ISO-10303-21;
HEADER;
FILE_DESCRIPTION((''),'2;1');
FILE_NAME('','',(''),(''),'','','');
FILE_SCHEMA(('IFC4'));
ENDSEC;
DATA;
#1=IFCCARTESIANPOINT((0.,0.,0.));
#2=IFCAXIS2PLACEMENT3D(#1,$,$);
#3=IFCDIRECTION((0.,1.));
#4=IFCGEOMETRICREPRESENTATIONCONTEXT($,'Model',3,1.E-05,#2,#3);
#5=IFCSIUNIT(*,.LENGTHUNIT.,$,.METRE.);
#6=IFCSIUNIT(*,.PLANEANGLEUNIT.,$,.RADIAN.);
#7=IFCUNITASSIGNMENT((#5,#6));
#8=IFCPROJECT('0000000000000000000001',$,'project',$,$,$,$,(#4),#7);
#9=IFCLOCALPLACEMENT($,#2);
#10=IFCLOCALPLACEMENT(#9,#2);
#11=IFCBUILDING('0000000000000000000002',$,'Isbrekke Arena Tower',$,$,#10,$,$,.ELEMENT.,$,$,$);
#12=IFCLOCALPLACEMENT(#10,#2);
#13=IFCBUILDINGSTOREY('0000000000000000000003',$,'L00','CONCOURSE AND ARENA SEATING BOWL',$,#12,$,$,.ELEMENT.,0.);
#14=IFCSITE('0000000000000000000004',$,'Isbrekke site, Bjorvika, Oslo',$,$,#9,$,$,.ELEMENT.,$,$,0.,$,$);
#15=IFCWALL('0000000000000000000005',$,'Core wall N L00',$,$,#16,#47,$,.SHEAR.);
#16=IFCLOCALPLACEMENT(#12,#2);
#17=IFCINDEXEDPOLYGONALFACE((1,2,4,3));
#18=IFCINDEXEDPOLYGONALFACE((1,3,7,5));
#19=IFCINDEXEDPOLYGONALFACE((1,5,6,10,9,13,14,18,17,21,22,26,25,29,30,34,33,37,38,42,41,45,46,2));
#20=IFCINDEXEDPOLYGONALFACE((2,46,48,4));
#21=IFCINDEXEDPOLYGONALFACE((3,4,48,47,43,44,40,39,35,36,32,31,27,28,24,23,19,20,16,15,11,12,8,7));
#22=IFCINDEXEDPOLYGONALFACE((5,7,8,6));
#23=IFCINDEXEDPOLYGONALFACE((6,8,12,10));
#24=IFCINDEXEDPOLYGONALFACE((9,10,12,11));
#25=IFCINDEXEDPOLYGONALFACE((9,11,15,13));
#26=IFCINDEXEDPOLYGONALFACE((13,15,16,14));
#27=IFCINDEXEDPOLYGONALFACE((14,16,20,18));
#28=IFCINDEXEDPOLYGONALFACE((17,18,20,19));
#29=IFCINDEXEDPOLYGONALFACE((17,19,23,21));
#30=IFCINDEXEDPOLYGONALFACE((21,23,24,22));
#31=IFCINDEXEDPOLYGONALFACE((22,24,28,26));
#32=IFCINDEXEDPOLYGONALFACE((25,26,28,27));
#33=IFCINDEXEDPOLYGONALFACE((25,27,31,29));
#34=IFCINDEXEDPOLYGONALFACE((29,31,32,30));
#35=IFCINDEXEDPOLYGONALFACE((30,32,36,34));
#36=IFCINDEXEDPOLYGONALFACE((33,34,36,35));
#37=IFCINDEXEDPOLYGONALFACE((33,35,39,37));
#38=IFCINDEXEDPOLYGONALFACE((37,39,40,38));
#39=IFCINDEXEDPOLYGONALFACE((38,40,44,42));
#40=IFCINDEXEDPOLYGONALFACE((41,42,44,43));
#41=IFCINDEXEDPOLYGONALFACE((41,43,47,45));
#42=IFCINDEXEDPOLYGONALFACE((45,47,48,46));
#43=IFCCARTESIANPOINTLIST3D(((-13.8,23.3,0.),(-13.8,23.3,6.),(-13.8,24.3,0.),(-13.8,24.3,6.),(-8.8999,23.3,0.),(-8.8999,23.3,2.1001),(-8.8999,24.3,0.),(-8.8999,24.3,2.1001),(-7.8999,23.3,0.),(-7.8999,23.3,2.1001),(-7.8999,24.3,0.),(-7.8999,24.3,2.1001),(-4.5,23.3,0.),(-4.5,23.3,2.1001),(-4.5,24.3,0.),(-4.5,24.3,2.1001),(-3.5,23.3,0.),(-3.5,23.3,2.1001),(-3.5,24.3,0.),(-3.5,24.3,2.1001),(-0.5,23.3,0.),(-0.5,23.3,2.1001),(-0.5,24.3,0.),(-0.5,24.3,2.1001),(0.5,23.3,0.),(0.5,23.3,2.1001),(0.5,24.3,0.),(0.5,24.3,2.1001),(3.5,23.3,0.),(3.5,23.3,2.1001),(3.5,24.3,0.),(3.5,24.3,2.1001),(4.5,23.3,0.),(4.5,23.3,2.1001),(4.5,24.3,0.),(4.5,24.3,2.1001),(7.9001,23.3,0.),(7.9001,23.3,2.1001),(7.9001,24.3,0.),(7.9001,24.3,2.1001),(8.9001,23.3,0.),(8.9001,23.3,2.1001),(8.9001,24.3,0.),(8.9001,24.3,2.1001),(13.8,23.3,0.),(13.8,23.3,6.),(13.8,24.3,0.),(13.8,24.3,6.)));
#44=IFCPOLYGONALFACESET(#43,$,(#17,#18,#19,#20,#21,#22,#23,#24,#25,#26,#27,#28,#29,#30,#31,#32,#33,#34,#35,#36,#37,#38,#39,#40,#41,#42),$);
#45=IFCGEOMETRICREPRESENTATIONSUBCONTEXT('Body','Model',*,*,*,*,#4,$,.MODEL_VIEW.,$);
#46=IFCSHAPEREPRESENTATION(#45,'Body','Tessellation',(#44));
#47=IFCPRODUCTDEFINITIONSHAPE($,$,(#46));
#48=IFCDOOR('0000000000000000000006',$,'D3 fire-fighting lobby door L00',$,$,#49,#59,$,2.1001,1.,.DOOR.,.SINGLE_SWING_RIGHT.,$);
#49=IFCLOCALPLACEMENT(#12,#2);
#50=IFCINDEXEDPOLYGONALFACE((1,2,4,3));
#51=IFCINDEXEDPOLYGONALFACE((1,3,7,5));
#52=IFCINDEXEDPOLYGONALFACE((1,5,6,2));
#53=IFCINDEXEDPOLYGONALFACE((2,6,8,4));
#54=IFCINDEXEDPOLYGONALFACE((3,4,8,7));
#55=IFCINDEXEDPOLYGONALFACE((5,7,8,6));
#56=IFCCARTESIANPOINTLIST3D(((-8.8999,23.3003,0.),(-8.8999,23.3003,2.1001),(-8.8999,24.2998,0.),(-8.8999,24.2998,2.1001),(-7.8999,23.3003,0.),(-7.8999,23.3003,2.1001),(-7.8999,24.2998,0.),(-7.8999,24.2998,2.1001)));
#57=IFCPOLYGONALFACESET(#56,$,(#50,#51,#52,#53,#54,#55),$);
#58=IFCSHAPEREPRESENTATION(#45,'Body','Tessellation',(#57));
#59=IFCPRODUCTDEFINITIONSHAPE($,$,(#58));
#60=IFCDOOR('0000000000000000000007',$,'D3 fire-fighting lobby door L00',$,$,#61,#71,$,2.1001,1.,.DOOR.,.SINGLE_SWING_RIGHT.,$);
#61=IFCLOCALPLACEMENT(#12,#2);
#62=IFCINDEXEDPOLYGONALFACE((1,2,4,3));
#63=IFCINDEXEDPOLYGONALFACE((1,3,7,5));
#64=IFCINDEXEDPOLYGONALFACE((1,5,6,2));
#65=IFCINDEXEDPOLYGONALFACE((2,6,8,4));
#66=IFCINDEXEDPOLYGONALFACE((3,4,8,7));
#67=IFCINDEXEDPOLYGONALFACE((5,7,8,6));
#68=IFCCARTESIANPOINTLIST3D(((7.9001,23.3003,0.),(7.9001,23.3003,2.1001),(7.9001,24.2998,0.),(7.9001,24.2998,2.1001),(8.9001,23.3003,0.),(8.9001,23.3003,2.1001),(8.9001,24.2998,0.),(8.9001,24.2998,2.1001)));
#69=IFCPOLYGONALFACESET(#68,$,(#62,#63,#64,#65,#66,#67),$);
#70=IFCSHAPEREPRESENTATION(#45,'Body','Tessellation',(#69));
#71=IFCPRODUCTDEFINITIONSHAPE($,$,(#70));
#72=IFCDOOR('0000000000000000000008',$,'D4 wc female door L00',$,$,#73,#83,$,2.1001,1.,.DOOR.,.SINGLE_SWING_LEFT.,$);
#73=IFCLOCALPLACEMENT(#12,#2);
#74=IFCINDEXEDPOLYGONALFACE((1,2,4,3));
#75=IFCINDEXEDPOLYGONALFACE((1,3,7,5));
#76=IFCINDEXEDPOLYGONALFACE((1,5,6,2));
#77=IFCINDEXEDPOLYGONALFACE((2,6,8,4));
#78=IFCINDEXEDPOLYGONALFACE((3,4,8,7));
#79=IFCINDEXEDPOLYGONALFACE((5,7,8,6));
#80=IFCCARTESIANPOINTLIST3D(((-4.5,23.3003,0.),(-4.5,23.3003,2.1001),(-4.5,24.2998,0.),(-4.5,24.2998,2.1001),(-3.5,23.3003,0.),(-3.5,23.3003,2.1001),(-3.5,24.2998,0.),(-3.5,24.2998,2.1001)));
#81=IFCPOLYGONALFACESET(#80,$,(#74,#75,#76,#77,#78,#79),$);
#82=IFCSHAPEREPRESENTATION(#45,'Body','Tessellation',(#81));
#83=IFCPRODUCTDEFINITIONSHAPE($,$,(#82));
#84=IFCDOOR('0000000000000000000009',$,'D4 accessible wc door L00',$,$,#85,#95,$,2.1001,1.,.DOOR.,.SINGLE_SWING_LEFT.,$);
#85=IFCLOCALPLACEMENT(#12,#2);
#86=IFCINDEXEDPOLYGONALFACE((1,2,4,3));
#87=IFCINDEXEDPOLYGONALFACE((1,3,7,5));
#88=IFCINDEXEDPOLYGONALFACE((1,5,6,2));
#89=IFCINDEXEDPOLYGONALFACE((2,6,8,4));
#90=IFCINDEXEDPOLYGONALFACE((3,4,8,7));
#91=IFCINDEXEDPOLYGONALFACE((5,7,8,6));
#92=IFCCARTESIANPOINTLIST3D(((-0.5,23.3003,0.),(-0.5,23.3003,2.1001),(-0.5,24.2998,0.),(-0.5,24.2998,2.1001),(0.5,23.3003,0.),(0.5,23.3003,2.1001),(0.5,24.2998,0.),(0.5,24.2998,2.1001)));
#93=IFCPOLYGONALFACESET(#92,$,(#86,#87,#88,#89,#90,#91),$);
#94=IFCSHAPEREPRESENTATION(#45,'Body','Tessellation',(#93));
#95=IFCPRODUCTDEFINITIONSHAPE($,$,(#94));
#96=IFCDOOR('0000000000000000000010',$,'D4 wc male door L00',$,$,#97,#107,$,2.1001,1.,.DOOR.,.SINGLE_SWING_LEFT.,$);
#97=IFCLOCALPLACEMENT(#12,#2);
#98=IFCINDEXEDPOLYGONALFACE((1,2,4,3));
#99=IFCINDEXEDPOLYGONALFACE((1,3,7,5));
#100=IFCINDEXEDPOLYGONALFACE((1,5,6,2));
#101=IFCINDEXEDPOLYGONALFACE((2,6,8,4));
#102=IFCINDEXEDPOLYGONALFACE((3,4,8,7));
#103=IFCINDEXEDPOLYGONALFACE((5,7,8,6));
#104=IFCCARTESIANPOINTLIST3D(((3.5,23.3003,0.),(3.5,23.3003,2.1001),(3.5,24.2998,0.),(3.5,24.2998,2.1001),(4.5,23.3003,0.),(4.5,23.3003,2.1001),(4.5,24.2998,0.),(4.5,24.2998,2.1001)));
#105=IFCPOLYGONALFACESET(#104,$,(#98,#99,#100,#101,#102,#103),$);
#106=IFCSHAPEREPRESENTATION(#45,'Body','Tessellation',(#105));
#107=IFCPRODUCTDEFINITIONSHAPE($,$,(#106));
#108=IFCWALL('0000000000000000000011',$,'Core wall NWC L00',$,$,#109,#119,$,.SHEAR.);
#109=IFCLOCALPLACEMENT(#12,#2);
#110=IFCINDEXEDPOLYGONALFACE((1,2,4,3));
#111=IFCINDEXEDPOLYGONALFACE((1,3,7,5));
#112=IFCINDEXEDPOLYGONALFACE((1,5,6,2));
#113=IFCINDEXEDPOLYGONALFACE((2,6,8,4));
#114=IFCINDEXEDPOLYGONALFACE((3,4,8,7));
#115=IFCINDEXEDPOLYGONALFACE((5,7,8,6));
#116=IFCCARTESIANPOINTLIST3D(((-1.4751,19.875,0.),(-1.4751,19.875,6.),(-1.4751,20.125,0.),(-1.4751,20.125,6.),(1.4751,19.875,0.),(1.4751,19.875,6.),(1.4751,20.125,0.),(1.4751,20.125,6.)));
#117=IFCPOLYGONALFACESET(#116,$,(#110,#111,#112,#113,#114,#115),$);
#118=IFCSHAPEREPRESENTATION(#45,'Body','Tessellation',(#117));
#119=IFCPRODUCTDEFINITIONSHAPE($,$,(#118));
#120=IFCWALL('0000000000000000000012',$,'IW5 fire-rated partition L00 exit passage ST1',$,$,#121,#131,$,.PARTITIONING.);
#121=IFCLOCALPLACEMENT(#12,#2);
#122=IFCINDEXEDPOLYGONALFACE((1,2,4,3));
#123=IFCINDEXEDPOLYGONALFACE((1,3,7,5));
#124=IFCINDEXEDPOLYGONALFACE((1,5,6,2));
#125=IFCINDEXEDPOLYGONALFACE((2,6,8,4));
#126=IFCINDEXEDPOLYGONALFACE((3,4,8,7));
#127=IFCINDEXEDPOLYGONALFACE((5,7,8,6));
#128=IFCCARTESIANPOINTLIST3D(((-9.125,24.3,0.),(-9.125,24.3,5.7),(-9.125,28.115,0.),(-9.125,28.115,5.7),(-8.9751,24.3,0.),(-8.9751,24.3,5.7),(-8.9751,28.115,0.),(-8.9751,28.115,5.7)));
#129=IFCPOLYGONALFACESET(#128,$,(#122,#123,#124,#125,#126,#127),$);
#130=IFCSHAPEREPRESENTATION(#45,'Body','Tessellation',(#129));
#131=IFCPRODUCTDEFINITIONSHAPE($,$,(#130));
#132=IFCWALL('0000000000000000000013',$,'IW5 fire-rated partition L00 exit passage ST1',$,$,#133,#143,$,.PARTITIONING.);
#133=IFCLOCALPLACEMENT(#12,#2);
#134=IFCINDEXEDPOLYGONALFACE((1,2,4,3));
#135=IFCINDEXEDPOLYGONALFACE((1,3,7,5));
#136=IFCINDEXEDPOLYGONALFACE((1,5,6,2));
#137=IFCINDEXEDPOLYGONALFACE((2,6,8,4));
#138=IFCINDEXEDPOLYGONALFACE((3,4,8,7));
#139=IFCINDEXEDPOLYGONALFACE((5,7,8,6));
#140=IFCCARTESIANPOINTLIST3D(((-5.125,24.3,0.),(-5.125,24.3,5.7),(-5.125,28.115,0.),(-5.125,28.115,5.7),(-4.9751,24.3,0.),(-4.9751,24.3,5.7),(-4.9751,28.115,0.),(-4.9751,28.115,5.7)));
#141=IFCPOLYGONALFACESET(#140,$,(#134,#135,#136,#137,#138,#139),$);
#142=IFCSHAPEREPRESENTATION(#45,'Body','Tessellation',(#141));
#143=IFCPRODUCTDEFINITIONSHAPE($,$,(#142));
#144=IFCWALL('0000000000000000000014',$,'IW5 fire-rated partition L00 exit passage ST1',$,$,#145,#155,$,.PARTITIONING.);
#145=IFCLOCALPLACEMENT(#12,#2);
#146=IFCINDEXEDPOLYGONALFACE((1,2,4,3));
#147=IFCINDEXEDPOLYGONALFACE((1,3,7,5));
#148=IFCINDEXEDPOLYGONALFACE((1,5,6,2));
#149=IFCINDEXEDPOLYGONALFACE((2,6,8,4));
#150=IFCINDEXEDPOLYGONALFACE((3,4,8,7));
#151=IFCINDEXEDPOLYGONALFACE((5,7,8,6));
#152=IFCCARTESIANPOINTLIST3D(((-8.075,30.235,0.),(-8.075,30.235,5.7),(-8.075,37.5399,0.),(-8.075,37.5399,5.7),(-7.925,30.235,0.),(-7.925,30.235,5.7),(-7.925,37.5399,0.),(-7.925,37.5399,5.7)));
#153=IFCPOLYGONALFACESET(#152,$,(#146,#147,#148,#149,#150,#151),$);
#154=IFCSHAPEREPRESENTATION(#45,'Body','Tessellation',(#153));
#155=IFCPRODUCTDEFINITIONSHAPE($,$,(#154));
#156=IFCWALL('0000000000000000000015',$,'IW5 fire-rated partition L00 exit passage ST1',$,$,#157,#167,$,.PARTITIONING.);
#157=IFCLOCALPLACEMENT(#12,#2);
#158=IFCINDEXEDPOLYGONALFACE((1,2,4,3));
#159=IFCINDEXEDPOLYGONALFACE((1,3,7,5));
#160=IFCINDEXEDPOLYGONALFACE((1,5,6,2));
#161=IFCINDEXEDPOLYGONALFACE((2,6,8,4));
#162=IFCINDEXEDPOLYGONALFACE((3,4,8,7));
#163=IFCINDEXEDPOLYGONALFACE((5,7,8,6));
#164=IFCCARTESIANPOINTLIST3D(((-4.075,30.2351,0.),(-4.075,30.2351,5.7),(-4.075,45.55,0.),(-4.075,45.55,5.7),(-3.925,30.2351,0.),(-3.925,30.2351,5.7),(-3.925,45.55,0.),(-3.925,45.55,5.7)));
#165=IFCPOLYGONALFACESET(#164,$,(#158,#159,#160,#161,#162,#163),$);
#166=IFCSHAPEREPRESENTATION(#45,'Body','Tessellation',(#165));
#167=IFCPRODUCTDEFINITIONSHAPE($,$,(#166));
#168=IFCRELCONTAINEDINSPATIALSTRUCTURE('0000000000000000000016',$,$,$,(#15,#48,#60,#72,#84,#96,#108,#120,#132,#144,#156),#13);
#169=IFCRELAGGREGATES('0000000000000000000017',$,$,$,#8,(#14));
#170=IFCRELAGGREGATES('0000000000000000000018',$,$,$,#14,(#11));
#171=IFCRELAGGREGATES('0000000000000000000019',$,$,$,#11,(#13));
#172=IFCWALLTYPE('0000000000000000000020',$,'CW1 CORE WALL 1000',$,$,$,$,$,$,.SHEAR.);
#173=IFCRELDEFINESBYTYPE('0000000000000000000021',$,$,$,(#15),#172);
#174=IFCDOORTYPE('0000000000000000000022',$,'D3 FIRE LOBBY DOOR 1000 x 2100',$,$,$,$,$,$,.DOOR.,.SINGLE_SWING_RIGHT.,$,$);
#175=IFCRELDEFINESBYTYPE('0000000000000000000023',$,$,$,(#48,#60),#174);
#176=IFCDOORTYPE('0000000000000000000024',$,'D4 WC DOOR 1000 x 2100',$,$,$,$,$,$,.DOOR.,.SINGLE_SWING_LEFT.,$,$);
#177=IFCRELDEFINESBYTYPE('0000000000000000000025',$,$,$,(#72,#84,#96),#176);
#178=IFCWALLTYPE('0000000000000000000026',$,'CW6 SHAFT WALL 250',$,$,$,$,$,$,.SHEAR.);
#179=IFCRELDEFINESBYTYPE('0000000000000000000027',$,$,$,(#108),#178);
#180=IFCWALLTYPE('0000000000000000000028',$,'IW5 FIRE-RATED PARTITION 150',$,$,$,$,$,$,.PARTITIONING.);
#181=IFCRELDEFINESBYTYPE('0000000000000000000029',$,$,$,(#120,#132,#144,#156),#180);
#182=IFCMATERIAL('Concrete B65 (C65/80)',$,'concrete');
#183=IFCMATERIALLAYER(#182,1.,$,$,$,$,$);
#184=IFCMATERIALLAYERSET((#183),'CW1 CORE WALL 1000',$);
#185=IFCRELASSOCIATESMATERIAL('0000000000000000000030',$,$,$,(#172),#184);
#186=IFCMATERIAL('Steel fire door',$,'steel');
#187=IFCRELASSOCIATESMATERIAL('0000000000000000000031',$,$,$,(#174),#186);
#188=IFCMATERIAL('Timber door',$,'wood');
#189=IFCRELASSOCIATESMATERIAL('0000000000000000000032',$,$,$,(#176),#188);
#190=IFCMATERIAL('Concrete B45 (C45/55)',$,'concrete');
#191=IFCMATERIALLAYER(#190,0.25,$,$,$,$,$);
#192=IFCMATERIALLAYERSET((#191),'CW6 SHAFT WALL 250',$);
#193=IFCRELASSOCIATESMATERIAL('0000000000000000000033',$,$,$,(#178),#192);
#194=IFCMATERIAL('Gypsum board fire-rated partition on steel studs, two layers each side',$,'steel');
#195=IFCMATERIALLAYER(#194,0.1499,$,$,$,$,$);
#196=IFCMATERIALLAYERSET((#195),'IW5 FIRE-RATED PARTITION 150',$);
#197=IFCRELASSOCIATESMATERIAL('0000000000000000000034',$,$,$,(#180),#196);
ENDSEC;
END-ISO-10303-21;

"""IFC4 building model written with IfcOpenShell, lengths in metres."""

from ifc_helpers import new_model, si_unit, direction, frame, frame_2d, origin, place, context, subcontext, project, spatial, rectangle, extrude, material, layer, layer_set, type_object, element, fill, save


model = new_model("IFC4")

# Units and contexts
model_context = context("Model", 3, precision=1e-05, world=origin(), true_north=direction((0.0, 1.0)))
body_context = subcontext(model_context, "Body", "Model", "MODEL_VIEW")
ifc_project = project(units=[si_unit("LENGTHUNIT", "METRE"), si_unit("PLANEANGLEUNIT", "RADIAN")], contexts=[model_context])

# Site, building, storey
site_placement = place(None, origin())
site = spatial("IfcSite", under=ifc_project, at=site_placement, Name="Isbrekke site, Bjorvika, Oslo", CompositionType="ELEMENT", RefElevation=0.0)
building_placement = place(site_placement, origin())
building = spatial("IfcBuilding", under=site, at=building_placement, Name="Isbrekke Arena Tower", CompositionType="ELEMENT")
storey_placement = place(building_placement, origin())
storey = spatial("IfcBuildingStorey", under=building, at=storey_placement, Name="L00", Description="CONCOURSE AND ARENA SEATING BOWL", CompositionType="ELEMENT", Elevation=0.0)

# Wall, openings, doors
ifc_material_1 = material(Name="Concrete B65 (C65/80)", Category="concrete")
ifc_layer_1 = layer(ifc_material_1, 1.0)
ifc_layer_set_1 = layer_set([ifc_layer_1], Name="CW1 CORE WALL 1000")
wall_type_1 = type_object("IfcWallType", Name="CW1 CORE WALL 1000", PredefinedType="SHEAR", material=ifc_layer_set_1)
wall_1_placement = place(storey_placement, frame((13.8, 23.8, 0.0), z_axis=(0.0, 0.0, 1.0), x_axis=(-1.0, 0.0, 0.0)))
wall_1 = element("IfcWall", 1, at=wall_1_placement, inside=storey, type_object=wall_type_1, Name="Core wall N L00", PredefinedType="SHEAR", context=body_context, shape_type="SweptSolid", body=[
    extrude(rectangle(XDim=27.6001, YDim=1.0, at=frame_2d((13.8, 0.0))), origin(), (0.0, 0.0, 1.0), 6.0),
])
opening_1_placement = place(wall_1_placement, frame((21.7, 0.0, 0.0)))
opening_1 = element("IfcOpeningElement", 2, at=opening_1_placement, cuts=wall_1, PredefinedType="OPENING", context=body_context, shape_type="SweptSolid", body=[
    extrude(rectangle(XDim=1.0, YDim=2.1001, at=frame_2d((0.5, 1.05))), frame((0.0, 0.5149, 0.0), z_axis=(0.0, -1.0, 0.0), x_axis=(1.0, 0.0, 0.0)), (0.0, 0.0, 1.0), 1.0298),
])
opening_2_placement = place(wall_1_placement, frame((4.8999, 0.0, 0.0)))
opening_2 = element("IfcOpeningElement", 3, at=opening_2_placement, cuts=wall_1, PredefinedType="OPENING", context=body_context, shape_type="SweptSolid", body=[
    extrude(rectangle(XDim=1.0, YDim=2.1001, at=frame_2d((0.5, 1.05))), frame((0.0, 0.5149, 0.0), z_axis=(0.0, -1.0, 0.0), x_axis=(1.0, 0.0, 0.0)), (0.0, 0.0, 1.0), 1.0298),
])
opening_3_placement = place(wall_1_placement, frame((17.3, 0.0, 0.0)))
opening_3 = element("IfcOpeningElement", 4, at=opening_3_placement, cuts=wall_1, PredefinedType="OPENING", context=body_context, shape_type="SweptSolid", body=[
    extrude(rectangle(XDim=1.0, YDim=2.1001, at=frame_2d((0.5, 1.05))), frame((0.0, 0.5149, 0.0), z_axis=(0.0, -1.0, 0.0), x_axis=(1.0, 0.0, 0.0)), (0.0, 0.0, 1.0), 1.0298),
])
opening_4_placement = place(wall_1_placement, frame((13.3, 0.0, 0.0)))
opening_4 = element("IfcOpeningElement", 5, at=opening_4_placement, cuts=wall_1, PredefinedType="OPENING", context=body_context, shape_type="SweptSolid", body=[
    extrude(rectangle(XDim=1.0, YDim=2.1001, at=frame_2d((0.5, 1.05))), frame((0.0, 0.5149, 0.0), z_axis=(0.0, -1.0, 0.0), x_axis=(1.0, 0.0, 0.0)), (0.0, 0.0, 1.0), 1.0298),
])
opening_5_placement = place(wall_1_placement, frame((9.3, 0.0, 0.0)))
opening_5 = element("IfcOpeningElement", 6, at=opening_5_placement, cuts=wall_1, PredefinedType="OPENING", context=body_context, shape_type="SweptSolid", body=[
    extrude(rectangle(XDim=1.0, YDim=2.1001, at=frame_2d((0.5, 1.05))), frame((0.0, 0.5149, 0.0), z_axis=(0.0, -1.0, 0.0), x_axis=(1.0, 0.0, 0.0)), (0.0, 0.0, 1.0), 1.0298),
])
ifc_material_2 = material(Name="Steel fire door", Category="steel")
door_type_1 = type_object("IfcDoorType", Name="D3 FIRE LOBBY DOOR 1000 x 2100", OperationType="SINGLE_SWING_RIGHT", PredefinedType="DOOR", material=ifc_material_2)
door_1_placement = place(opening_1_placement, origin())
door_1 = element("IfcDoor", 7, at=door_1_placement, inside=storey, type_object=door_type_1, Name="D3 fire-fighting lobby door L00", OperationType="SINGLE_SWING_RIGHT", OverallHeight=2.1001, OverallWidth=1.0, PredefinedType="DOOR", context=body_context, shape_type="SweptSolid", body=[
    extrude(rectangle(XDim=1.0, YDim=2.1001, at=frame_2d((0.5, 1.05))), frame((0.0, 0.4998, 0.0), z_axis=(0.0, -1.0, 0.0), x_axis=(1.0, 0.0, 0.0)), (0.0, 0.0, 1.0), 0.9995),
])
fill(opening_1, door_1)
door_2_placement = place(opening_2_placement, origin())
door_2 = element("IfcDoor", 8, at=door_2_placement, inside=storey, type_object=door_type_1, Name="D3 fire-fighting lobby door L00", OperationType="SINGLE_SWING_RIGHT", OverallHeight=2.1001, OverallWidth=1.0, PredefinedType="DOOR", context=body_context, shape_type="SweptSolid", body=[
    extrude(rectangle(XDim=1.0, YDim=2.1001, at=frame_2d((0.5, 1.05))), frame((0.0, 0.4998, 0.0), z_axis=(0.0, -1.0, 0.0), x_axis=(1.0, 0.0, 0.0)), (0.0, 0.0, 1.0), 0.9995),
])
fill(opening_2, door_2)
ifc_material_3 = material(Name="Timber door", Category="wood")
door_type_2 = type_object("IfcDoorType", Name="D4 WC DOOR 1000 x 2100", OperationType="SINGLE_SWING_LEFT", PredefinedType="DOOR", material=ifc_material_3)
door_3_placement = place(opening_3_placement, origin())
door_3 = element("IfcDoor", 9, at=door_3_placement, inside=storey, type_object=door_type_2, Name="D4 wc female door L00", OperationType="SINGLE_SWING_LEFT", OverallHeight=2.1001, OverallWidth=1.0, PredefinedType="DOOR", context=body_context, shape_type="SweptSolid", body=[
    extrude(rectangle(XDim=1.0, YDim=2.1001, at=frame_2d((0.5, 1.05))), frame((0.0, 0.4998, 0.0), z_axis=(0.0, -1.0, 0.0), x_axis=(1.0, 0.0, 0.0)), (0.0, 0.0, 1.0), 0.9995),
])
fill(opening_3, door_3)
door_4_placement = place(opening_4_placement, origin())
door_4 = element("IfcDoor", 10, at=door_4_placement, inside=storey, type_object=door_type_2, Name="D4 accessible wc door L00", OperationType="SINGLE_SWING_LEFT", OverallHeight=2.1001, OverallWidth=1.0, PredefinedType="DOOR", context=body_context, shape_type="SweptSolid", body=[
    extrude(rectangle(XDim=1.0, YDim=2.1001, at=frame_2d((0.5, 1.05))), frame((0.0, 0.4998, 0.0), z_axis=(0.0, -1.0, 0.0), x_axis=(1.0, 0.0, 0.0)), (0.0, 0.0, 1.0), 0.9995),
])
fill(opening_4, door_4)
door_5_placement = place(opening_5_placement, origin())
door_5 = element("IfcDoor", 11, at=door_5_placement, inside=storey, type_object=door_type_2, Name="D4 wc male door L00", OperationType="SINGLE_SWING_LEFT", OverallHeight=2.1001, OverallWidth=1.0, PredefinedType="DOOR", context=body_context, shape_type="SweptSolid", body=[
    extrude(rectangle(XDim=1.0, YDim=2.1001, at=frame_2d((0.5, 1.05))), frame((0.0, 0.4998, 0.0), z_axis=(0.0, -1.0, 0.0), x_axis=(1.0, 0.0, 0.0)), (0.0, 0.0, 1.0), 0.9995),
])
fill(opening_5, door_5)

# Walls
ifc_material_4 = material(Name="Concrete B45 (C45/55)", Category="concrete")
ifc_layer_2 = layer(ifc_material_4, 0.25)
ifc_layer_set_2 = layer_set([ifc_layer_2], Name="CW6 SHAFT WALL 250")
wall_type_2 = type_object("IfcWallType", Name="CW6 SHAFT WALL 250", PredefinedType="SHEAR", material=ifc_layer_set_2)
wall_2_placement = place(storey_placement, frame((-1.4751, 20.0, 0.0), z_axis=(0.0, 0.0, 1.0), x_axis=(1.0, 0.0, 0.0)))
element("IfcWall", 12, at=wall_2_placement, inside=storey, type_object=wall_type_2, Name="Core wall NWC L00", PredefinedType="SHEAR", context=body_context, shape_type="SweptSolid", body=[
    extrude(rectangle(XDim=2.9502, YDim=0.25, at=frame_2d((1.4751, 0.0))), origin(), (0.0, 0.0, 1.0), 6.0),
])
ifc_material_5 = material(Name="Gypsum board fire-rated partition on steel studs, two layers each side", Category="steel")
ifc_layer_3 = layer(ifc_material_5, 0.1499)
ifc_layer_set_3 = layer_set([ifc_layer_3], Name="IW5 FIRE-RATED PARTITION 150")
wall_type_3 = type_object("IfcWallType", Name="IW5 FIRE-RATED PARTITION 150", PredefinedType="PARTITIONING", material=ifc_layer_set_3)
for number, where, z_axis, x_axis, name in (
    (13, (-9.05, 24.3, 0.0), (0.0, 0.0, 1.0), (0.0, 1.0, 0.0), "IW5 fire-rated partition L00 exit passage ST1"),
    (14, (-5.05, 24.3, 0.0), (0.0, 0.0, 1.0), (0.0, 1.0, 0.0), "IW5 fire-rated partition L00 exit passage ST1"),
):
    element("IfcWall", number, at=place(storey_placement, frame(where, z_axis=z_axis, x_axis=x_axis)), inside=storey, type_object=wall_type_3, Name=name, PredefinedType="PARTITIONING", context=body_context, shape_type="SweptSolid", body=[
        extrude(rectangle(XDim=3.8149, YDim=0.1499, at=frame_2d((1.9075, 0.0))), origin(), (0.0, 0.0, 1.0), 5.7),
    ])
wall_3_placement = place(storey_placement, frame((-8.0, 30.2351, 0.0), z_axis=(0.0, 0.0, 1.0), x_axis=(0.0, 1.0, 0.0)))
element("IfcWall", 15, at=wall_3_placement, inside=storey, type_object=wall_type_3, Name="IW5 fire-rated partition L00 exit passage ST1", PredefinedType="PARTITIONING", context=body_context, shape_type="SweptSolid", body=[
    extrude(rectangle(XDim=7.3049, YDim=0.1499, at=frame_2d((3.6523, 0.0))), origin(), (0.0, 0.0, 1.0), 5.7),
])
wall_4_placement = place(storey_placement, frame((-4.0, 30.2351, 0.0), z_axis=(0.0, 0.0, 1.0), x_axis=(0.0, 1.0, 0.0)))
element("IfcWall", 16, at=wall_4_placement, inside=storey, type_object=wall_type_3, Name="IW5 fire-rated partition L00 exit passage ST1", PredefinedType="PARTITIONING", context=body_context, shape_type="SweptSolid", body=[
    extrude(rectangle(XDim=15.3149, YDim=0.1499, at=frame_2d((7.6575, 0.0))), origin(), (0.0, 0.0, 1.0), 5.7),
])

save(model, "model.ifc")
